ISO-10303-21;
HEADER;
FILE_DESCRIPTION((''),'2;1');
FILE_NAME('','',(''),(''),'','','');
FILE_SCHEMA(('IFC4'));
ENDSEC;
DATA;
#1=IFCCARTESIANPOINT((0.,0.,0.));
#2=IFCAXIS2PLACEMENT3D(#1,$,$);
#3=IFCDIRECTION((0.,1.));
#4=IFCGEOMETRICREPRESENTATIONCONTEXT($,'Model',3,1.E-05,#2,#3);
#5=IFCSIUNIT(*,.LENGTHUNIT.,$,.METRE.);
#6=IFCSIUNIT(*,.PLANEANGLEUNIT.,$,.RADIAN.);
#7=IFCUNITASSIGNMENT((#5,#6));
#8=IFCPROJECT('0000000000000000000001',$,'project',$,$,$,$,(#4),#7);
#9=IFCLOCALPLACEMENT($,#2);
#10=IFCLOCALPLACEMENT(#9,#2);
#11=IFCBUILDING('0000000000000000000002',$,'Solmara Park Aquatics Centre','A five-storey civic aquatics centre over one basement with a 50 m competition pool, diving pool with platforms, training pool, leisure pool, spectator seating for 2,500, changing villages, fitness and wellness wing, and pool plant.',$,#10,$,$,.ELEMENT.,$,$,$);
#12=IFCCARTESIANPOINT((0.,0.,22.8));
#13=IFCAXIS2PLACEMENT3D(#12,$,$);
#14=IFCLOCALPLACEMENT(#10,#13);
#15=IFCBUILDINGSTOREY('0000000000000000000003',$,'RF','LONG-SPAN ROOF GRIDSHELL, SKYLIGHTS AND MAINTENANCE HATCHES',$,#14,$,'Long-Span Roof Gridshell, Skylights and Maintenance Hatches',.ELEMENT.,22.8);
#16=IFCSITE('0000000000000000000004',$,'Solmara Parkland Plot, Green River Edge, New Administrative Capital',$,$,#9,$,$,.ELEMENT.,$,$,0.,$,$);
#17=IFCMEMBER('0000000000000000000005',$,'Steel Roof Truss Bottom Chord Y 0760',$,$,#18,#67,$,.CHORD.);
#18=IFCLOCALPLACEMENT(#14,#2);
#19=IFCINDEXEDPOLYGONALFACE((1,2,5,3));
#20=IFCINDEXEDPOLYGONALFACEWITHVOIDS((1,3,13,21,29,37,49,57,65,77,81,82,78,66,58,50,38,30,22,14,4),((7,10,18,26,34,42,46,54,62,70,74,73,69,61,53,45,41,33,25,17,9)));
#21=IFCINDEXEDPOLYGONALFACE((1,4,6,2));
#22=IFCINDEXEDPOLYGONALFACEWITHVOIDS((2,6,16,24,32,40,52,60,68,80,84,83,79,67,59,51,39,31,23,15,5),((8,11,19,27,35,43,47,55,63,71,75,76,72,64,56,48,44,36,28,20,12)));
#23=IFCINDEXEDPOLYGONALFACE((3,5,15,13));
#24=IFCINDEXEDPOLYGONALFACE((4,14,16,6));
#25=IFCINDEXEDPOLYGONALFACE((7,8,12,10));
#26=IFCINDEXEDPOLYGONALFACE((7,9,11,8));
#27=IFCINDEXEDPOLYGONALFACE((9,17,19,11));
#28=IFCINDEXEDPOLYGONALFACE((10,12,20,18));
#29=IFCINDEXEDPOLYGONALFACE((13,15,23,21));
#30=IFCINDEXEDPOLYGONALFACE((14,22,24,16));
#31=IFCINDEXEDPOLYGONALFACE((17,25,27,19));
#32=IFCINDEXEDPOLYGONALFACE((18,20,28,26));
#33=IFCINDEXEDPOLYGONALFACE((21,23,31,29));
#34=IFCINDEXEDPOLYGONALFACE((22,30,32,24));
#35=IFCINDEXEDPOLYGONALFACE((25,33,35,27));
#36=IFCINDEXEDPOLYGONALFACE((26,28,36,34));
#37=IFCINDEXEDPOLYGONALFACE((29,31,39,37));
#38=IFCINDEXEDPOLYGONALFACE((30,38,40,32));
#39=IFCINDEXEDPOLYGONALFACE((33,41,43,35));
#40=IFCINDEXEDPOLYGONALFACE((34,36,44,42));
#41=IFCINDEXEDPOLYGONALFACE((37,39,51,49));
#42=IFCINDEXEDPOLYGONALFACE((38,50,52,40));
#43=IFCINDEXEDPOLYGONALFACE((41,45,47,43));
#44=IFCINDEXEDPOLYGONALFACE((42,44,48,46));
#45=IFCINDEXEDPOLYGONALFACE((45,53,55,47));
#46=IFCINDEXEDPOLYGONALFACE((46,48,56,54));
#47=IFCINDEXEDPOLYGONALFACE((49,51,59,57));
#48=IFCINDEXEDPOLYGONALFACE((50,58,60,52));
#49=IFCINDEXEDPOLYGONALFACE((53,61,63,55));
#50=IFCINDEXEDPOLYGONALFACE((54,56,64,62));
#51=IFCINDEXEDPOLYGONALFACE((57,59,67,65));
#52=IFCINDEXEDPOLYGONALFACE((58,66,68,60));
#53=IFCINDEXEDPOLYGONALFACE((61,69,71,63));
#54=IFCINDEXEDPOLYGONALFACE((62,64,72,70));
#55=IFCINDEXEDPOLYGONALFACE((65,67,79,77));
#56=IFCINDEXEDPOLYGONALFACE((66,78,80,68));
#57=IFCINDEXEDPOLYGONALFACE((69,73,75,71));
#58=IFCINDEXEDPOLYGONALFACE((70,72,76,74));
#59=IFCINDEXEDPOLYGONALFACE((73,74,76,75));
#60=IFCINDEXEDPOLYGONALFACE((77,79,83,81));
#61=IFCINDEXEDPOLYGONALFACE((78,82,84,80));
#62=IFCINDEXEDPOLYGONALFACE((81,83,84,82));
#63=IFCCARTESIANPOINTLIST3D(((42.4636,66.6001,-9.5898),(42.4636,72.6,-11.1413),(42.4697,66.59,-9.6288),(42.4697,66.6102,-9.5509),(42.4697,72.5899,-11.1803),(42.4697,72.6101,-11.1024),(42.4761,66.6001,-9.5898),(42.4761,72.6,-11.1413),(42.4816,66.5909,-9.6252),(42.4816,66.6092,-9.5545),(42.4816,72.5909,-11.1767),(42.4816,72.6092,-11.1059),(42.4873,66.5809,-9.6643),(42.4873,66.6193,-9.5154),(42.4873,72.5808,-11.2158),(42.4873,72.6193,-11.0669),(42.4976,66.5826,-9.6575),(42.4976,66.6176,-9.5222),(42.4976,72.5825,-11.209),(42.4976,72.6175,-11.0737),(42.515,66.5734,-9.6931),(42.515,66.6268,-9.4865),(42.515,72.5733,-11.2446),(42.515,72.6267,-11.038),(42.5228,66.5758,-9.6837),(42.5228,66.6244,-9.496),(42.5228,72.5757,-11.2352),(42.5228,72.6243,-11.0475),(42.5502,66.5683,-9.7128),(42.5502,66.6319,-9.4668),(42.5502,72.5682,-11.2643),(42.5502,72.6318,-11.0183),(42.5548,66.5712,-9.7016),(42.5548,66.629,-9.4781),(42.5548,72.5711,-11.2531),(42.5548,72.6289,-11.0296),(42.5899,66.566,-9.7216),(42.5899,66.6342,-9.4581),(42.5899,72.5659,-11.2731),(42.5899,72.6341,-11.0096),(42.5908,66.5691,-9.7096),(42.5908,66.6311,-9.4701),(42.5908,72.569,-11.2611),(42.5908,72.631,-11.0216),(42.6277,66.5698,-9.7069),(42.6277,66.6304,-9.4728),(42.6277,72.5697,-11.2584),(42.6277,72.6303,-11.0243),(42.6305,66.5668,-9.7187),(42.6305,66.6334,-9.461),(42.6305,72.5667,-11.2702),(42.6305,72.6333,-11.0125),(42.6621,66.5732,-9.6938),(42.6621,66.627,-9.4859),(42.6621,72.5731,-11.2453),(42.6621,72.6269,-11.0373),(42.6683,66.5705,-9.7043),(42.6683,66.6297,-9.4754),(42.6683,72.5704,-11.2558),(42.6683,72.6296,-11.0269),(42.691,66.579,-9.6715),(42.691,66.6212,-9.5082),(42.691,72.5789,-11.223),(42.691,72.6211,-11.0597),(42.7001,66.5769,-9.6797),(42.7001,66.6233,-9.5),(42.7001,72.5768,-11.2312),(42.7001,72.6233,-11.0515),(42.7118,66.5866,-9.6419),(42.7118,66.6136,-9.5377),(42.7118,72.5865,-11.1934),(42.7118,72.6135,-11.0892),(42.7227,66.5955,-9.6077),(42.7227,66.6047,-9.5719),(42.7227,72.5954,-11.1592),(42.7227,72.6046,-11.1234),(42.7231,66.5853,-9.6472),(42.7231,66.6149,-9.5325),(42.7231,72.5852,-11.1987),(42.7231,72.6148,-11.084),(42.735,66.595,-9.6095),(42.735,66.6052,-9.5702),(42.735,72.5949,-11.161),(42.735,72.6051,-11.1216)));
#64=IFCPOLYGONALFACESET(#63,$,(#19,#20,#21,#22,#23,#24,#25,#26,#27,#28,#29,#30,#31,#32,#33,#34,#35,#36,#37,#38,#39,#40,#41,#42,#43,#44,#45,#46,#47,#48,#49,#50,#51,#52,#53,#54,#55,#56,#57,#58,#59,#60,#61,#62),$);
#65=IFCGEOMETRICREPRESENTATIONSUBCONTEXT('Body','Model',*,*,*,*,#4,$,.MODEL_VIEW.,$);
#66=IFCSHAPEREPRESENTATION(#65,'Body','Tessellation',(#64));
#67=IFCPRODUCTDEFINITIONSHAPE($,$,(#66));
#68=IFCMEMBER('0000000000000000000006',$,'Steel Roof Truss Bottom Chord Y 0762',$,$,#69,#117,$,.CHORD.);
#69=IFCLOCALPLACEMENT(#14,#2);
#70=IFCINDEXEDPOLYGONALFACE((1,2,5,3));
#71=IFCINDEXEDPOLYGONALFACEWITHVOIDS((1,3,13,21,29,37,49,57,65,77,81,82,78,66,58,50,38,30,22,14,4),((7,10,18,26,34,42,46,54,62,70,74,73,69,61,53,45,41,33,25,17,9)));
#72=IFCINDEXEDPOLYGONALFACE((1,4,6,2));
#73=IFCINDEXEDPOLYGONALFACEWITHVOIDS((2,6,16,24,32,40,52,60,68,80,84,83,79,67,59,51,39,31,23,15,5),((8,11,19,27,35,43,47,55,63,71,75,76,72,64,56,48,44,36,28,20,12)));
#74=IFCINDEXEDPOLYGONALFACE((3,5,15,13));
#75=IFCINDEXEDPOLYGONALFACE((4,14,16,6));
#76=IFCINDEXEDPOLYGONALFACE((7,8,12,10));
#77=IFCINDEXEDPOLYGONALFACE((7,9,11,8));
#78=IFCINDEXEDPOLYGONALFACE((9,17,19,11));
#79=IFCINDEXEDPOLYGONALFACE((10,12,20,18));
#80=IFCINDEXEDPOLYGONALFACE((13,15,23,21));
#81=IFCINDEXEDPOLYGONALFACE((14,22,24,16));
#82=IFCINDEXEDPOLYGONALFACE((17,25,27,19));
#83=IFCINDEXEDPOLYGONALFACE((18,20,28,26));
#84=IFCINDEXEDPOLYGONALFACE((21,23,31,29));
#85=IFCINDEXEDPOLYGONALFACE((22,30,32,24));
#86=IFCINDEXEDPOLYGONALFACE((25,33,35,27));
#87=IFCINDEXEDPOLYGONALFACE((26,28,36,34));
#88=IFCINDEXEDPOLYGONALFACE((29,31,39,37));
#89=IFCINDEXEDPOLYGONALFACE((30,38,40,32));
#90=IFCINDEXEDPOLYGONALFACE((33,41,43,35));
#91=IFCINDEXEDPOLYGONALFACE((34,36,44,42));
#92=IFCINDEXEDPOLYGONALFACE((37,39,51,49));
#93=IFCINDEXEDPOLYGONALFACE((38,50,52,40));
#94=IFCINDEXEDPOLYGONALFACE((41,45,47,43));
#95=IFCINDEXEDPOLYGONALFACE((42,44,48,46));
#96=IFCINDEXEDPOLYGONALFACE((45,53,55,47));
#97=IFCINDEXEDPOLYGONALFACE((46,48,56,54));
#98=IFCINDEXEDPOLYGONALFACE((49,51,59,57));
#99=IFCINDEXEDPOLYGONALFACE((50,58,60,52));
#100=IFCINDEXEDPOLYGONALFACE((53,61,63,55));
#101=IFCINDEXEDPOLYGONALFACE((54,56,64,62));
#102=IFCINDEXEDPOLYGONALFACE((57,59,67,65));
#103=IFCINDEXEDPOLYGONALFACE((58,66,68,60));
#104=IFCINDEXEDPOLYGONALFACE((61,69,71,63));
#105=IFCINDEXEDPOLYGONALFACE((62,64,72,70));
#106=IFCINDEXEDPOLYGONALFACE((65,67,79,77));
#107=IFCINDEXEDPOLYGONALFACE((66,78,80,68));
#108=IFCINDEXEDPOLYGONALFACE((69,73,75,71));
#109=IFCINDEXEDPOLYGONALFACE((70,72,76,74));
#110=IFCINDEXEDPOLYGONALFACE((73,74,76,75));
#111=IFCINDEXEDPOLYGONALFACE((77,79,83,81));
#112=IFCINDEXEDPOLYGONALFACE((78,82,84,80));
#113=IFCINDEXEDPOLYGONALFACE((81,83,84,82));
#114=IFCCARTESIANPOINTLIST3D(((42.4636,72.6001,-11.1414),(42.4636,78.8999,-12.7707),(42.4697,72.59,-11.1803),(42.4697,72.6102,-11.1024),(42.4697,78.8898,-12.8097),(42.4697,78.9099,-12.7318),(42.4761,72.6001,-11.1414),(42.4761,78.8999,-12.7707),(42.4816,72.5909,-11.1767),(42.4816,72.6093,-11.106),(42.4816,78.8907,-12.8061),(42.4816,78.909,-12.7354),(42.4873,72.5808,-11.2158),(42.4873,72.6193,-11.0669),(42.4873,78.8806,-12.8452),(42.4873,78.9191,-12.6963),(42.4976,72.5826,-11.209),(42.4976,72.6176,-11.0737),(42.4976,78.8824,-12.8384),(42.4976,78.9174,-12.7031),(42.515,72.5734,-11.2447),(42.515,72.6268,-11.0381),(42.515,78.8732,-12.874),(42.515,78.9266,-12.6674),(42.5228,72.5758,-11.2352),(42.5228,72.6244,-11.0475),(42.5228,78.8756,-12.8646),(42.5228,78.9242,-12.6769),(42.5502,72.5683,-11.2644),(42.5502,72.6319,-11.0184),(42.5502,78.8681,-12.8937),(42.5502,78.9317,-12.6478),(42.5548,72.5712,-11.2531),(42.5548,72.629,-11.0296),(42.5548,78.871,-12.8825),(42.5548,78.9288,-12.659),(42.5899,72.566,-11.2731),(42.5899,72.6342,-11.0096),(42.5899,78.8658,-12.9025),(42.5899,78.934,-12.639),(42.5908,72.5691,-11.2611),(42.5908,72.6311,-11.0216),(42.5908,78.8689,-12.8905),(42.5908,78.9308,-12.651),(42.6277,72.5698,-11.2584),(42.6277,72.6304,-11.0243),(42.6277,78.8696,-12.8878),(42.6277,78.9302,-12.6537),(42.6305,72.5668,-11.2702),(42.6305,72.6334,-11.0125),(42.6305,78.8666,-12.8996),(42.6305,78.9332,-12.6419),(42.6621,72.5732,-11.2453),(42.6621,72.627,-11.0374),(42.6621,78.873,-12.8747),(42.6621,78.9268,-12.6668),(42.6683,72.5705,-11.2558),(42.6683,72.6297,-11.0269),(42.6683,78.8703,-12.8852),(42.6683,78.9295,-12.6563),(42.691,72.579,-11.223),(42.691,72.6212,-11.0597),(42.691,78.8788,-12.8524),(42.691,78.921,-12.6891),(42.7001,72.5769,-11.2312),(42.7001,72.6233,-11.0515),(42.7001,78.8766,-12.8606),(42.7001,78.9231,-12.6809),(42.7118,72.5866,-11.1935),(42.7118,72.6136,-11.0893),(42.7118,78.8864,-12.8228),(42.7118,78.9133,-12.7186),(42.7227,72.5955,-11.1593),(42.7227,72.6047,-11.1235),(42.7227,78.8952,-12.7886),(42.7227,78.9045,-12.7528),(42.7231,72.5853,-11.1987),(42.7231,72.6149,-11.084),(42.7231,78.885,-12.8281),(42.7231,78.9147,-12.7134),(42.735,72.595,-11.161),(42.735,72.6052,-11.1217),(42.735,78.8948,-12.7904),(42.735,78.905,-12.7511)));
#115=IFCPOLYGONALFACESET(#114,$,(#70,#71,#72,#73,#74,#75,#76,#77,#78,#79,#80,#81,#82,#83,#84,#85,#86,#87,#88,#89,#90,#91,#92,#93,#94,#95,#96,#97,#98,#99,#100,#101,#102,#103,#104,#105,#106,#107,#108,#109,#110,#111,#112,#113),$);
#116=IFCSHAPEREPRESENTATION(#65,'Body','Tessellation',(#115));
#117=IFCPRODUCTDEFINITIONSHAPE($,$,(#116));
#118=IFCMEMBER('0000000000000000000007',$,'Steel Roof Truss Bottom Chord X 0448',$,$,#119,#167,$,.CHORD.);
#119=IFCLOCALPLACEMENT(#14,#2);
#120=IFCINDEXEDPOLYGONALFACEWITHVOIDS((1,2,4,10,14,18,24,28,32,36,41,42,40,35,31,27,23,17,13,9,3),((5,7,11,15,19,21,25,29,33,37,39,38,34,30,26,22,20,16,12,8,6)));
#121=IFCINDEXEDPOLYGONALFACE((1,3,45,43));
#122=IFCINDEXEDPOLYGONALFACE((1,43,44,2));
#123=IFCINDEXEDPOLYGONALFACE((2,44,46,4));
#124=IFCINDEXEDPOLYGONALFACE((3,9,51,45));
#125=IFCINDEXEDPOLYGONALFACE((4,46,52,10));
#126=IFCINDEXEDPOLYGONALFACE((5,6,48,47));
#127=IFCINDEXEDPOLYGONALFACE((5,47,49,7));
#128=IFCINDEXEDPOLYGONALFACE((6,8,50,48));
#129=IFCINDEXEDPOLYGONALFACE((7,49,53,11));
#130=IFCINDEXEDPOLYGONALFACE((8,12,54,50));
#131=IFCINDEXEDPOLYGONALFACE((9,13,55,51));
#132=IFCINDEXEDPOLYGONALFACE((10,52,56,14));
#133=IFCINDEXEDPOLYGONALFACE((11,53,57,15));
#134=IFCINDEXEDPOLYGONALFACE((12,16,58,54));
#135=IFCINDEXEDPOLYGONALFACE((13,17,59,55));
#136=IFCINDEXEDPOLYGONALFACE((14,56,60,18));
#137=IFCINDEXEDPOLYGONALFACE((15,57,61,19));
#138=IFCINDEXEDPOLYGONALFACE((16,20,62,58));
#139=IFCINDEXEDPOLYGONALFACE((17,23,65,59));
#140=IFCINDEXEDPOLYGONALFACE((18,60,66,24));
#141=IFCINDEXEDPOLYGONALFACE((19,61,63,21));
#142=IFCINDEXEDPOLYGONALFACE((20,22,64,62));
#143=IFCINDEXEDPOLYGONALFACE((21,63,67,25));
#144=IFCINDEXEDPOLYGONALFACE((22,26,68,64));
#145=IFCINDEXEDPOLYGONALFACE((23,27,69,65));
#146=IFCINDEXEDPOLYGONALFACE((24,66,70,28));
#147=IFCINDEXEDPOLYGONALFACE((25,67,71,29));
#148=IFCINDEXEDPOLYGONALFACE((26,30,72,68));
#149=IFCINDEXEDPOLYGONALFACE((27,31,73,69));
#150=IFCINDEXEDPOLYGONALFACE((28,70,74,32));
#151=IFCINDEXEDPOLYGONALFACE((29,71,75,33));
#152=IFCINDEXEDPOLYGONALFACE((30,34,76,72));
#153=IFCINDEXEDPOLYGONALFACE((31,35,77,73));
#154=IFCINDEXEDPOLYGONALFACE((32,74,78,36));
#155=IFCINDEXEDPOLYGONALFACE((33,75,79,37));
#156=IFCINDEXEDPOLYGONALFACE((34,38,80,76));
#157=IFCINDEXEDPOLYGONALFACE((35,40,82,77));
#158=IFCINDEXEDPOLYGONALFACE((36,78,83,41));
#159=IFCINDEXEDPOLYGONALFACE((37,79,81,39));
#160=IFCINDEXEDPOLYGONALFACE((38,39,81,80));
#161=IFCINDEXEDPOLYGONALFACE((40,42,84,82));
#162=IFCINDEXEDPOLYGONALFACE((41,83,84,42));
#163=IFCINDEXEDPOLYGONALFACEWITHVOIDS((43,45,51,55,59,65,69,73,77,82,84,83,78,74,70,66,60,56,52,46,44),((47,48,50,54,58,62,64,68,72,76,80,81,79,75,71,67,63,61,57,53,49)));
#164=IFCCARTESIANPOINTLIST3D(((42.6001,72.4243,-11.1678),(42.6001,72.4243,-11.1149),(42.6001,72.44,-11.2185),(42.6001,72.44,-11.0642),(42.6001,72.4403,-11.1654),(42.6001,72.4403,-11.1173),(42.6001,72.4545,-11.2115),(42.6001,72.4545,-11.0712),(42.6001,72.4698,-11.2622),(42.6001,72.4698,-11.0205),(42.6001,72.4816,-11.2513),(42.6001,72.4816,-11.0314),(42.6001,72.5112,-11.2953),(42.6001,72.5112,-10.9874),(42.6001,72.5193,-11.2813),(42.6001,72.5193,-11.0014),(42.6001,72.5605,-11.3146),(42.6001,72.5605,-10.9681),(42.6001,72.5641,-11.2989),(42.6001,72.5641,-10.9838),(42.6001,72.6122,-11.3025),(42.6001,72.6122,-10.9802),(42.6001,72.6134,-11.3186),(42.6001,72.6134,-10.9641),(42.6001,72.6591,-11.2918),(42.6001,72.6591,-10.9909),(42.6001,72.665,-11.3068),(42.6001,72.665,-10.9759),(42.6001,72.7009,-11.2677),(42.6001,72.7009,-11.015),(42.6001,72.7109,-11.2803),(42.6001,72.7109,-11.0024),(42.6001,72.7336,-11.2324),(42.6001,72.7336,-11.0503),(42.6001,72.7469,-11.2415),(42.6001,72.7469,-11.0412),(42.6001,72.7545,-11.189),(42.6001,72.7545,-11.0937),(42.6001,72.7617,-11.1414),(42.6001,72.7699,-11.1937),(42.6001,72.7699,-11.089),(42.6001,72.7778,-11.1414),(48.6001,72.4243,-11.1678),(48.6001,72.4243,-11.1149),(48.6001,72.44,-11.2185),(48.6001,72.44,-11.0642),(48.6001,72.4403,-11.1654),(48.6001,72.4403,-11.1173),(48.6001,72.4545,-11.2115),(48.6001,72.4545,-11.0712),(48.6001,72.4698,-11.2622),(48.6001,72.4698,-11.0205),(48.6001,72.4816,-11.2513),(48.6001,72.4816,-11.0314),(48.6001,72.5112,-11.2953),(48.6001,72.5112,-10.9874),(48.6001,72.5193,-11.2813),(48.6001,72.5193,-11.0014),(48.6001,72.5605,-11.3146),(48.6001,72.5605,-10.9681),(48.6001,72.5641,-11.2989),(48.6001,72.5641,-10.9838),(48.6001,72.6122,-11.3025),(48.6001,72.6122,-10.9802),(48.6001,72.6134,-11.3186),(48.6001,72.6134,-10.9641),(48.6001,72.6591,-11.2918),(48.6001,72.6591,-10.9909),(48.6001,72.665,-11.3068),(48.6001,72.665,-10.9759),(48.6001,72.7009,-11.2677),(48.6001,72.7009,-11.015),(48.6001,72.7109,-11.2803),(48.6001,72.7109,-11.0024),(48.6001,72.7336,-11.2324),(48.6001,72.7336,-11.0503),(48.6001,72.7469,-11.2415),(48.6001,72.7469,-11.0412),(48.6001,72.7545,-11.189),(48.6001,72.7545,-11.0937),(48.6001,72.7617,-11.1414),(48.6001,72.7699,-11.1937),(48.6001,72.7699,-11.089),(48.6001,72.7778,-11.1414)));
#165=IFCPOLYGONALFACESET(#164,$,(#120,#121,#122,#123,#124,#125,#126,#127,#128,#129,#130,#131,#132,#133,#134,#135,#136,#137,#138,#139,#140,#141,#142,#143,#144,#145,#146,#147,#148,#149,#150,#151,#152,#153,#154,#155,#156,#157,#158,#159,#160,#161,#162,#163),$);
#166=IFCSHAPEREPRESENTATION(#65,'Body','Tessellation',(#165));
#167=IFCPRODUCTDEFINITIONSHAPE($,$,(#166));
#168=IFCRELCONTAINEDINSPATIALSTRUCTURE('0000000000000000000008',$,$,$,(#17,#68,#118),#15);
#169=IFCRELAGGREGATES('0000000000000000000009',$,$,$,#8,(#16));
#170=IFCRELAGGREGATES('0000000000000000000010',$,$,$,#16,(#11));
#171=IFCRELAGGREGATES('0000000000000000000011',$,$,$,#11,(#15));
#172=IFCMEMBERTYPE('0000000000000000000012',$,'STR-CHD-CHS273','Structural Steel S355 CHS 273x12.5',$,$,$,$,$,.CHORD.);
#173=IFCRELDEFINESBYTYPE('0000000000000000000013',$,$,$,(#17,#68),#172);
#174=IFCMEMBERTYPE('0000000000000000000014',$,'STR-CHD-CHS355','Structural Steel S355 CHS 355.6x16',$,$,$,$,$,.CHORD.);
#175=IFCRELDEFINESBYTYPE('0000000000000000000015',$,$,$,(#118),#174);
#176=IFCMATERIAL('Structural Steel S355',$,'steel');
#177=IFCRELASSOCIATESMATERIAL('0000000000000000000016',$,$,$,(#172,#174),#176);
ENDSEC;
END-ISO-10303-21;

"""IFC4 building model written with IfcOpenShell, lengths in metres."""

from ifc_helpers import new_model, si_unit, direction, frame, origin, origin_2d, place, context, subcontext, project, spatial, hollow_circle, extrude, material, material_profile, profile_set, type_object, element, save


model = new_model("IFC4")

# Units and contexts
model_context = context("Model", 3, precision=1e-05, world=origin(), true_north=direction((0.0, 1.0)))
body_context = subcontext(model_context, "Body", "Model", "MODEL_VIEW")
ifc_project = project(units=[si_unit("LENGTHUNIT", "METRE"), si_unit("PLANEANGLEUNIT", "RADIAN")], contexts=[model_context])

# Site, building, storey
site_placement = place(None, origin())
site = spatial("IfcSite", under=ifc_project, at=site_placement, Name="Solmara Parkland Plot, Green River Edge, New Administrative Capital", CompositionType="ELEMENT", RefElevation=0.0)
building_placement = place(site_placement, origin())
building = spatial("IfcBuilding", under=site, at=building_placement, Name="Solmara Park Aquatics Centre", Description="A five-storey civic aquatics centre over one basement with a 50 m competition pool, diving pool with platforms, training pool, leisure pool, spectator seating for 2,500, changing villages, fitness and wellness wing, and pool plant.", CompositionType="ELEMENT")
storey_placement = place(building_placement, frame((0.0, 0.0, 22.8)))
storey = spatial("IfcBuildingStorey", under=building, at=storey_placement, Name="RF", Description="LONG-SPAN ROOF GRIDSHELL, SKYLIGHTS AND MAINTENANCE HATCHES", LongName="Long-Span Roof Gridshell, Skylights and Maintenance Hatches", CompositionType="ELEMENT", Elevation=22.8)

# Members
ifc_material_1 = material(Name="Structural Steel S355", Category="steel")
ifc_material_profile_1 = material_profile(ifc_material_1, hollow_circle(Radius=0.1365, WallThickness=0.0125, at=origin_2d()), Name="CHS 273x12.5")
ifc_profile_set_1 = profile_set([ifc_material_profile_1], Name="Structural Steel S355")
member_type_1 = type_object("IfcMemberType", Name="STR-CHD-CHS273", Description="Structural Steel S355 CHS 273x12.5", PredefinedType="CHORD", material=ifc_profile_set_1)
member_1_placement = place(storey_placement, frame((42.6001, 66.6001, -9.5898), z_axis=(0.0, 0.968155, -0.250351), x_axis=(-1.0, 0.0, 0.0)))
element("IfcMember", 1, at=member_1_placement, inside=storey, type_object=member_type_1, Name="Steel Roof Truss Bottom Chord Y 0760", PredefinedType="CHORD", context=body_context, shape_type="SweptSolid", body=[
    extrude(hollow_circle(Radius=0.1365, WallThickness=0.0125, at=origin_2d()), origin(), (0.0, 0.0, 1.0), 6.1973),
])
member_2_placement = place(storey_placement, frame((42.6001, 72.6001, -11.1414), z_axis=(0.0, 0.968142, -0.250402), x_axis=(-1.0, 0.0, 0.0)))
element("IfcMember", 2, at=member_2_placement, inside=storey, type_object=member_type_1, Name="Steel Roof Truss Bottom Chord Y 0762", PredefinedType="CHORD", context=body_context, shape_type="SweptSolid", body=[
    extrude(hollow_circle(Radius=0.1365, WallThickness=0.0125, at=origin_2d()), origin(), (0.0, 0.0, 1.0), 6.5071),
])
ifc_material_profile_2 = material_profile(ifc_material_1, hollow_circle(Radius=0.1777, WallThickness=0.0161, at=origin_2d()), Name="CHS 355.6x16")
ifc_profile_set_2 = profile_set([ifc_material_profile_2], Name="Structural Steel S355")
member_type_2 = type_object("IfcMemberType", Name="STR-CHD-CHS355", Description="Structural Steel S355 CHS 355.6x16", PredefinedType="CHORD", material=ifc_profile_set_2)
member_3_placement = place(storey_placement, frame((42.6001, 72.6001, -11.1414), z_axis=(1.0, 0.0, 0.0), x_axis=(0.0, 1.0, 0.0)))
element("IfcMember", 3, at=member_3_placement, inside=storey, type_object=member_type_2, Name="Steel Roof Truss Bottom Chord X 0448", PredefinedType="CHORD", context=body_context, shape_type="SweptSolid", body=[
    extrude(hollow_circle(Radius=0.1777, WallThickness=0.0161, at=origin_2d()), origin(), (0.0, 0.0, 1.0), 6.0),
])

save(model, "model.ifc")
